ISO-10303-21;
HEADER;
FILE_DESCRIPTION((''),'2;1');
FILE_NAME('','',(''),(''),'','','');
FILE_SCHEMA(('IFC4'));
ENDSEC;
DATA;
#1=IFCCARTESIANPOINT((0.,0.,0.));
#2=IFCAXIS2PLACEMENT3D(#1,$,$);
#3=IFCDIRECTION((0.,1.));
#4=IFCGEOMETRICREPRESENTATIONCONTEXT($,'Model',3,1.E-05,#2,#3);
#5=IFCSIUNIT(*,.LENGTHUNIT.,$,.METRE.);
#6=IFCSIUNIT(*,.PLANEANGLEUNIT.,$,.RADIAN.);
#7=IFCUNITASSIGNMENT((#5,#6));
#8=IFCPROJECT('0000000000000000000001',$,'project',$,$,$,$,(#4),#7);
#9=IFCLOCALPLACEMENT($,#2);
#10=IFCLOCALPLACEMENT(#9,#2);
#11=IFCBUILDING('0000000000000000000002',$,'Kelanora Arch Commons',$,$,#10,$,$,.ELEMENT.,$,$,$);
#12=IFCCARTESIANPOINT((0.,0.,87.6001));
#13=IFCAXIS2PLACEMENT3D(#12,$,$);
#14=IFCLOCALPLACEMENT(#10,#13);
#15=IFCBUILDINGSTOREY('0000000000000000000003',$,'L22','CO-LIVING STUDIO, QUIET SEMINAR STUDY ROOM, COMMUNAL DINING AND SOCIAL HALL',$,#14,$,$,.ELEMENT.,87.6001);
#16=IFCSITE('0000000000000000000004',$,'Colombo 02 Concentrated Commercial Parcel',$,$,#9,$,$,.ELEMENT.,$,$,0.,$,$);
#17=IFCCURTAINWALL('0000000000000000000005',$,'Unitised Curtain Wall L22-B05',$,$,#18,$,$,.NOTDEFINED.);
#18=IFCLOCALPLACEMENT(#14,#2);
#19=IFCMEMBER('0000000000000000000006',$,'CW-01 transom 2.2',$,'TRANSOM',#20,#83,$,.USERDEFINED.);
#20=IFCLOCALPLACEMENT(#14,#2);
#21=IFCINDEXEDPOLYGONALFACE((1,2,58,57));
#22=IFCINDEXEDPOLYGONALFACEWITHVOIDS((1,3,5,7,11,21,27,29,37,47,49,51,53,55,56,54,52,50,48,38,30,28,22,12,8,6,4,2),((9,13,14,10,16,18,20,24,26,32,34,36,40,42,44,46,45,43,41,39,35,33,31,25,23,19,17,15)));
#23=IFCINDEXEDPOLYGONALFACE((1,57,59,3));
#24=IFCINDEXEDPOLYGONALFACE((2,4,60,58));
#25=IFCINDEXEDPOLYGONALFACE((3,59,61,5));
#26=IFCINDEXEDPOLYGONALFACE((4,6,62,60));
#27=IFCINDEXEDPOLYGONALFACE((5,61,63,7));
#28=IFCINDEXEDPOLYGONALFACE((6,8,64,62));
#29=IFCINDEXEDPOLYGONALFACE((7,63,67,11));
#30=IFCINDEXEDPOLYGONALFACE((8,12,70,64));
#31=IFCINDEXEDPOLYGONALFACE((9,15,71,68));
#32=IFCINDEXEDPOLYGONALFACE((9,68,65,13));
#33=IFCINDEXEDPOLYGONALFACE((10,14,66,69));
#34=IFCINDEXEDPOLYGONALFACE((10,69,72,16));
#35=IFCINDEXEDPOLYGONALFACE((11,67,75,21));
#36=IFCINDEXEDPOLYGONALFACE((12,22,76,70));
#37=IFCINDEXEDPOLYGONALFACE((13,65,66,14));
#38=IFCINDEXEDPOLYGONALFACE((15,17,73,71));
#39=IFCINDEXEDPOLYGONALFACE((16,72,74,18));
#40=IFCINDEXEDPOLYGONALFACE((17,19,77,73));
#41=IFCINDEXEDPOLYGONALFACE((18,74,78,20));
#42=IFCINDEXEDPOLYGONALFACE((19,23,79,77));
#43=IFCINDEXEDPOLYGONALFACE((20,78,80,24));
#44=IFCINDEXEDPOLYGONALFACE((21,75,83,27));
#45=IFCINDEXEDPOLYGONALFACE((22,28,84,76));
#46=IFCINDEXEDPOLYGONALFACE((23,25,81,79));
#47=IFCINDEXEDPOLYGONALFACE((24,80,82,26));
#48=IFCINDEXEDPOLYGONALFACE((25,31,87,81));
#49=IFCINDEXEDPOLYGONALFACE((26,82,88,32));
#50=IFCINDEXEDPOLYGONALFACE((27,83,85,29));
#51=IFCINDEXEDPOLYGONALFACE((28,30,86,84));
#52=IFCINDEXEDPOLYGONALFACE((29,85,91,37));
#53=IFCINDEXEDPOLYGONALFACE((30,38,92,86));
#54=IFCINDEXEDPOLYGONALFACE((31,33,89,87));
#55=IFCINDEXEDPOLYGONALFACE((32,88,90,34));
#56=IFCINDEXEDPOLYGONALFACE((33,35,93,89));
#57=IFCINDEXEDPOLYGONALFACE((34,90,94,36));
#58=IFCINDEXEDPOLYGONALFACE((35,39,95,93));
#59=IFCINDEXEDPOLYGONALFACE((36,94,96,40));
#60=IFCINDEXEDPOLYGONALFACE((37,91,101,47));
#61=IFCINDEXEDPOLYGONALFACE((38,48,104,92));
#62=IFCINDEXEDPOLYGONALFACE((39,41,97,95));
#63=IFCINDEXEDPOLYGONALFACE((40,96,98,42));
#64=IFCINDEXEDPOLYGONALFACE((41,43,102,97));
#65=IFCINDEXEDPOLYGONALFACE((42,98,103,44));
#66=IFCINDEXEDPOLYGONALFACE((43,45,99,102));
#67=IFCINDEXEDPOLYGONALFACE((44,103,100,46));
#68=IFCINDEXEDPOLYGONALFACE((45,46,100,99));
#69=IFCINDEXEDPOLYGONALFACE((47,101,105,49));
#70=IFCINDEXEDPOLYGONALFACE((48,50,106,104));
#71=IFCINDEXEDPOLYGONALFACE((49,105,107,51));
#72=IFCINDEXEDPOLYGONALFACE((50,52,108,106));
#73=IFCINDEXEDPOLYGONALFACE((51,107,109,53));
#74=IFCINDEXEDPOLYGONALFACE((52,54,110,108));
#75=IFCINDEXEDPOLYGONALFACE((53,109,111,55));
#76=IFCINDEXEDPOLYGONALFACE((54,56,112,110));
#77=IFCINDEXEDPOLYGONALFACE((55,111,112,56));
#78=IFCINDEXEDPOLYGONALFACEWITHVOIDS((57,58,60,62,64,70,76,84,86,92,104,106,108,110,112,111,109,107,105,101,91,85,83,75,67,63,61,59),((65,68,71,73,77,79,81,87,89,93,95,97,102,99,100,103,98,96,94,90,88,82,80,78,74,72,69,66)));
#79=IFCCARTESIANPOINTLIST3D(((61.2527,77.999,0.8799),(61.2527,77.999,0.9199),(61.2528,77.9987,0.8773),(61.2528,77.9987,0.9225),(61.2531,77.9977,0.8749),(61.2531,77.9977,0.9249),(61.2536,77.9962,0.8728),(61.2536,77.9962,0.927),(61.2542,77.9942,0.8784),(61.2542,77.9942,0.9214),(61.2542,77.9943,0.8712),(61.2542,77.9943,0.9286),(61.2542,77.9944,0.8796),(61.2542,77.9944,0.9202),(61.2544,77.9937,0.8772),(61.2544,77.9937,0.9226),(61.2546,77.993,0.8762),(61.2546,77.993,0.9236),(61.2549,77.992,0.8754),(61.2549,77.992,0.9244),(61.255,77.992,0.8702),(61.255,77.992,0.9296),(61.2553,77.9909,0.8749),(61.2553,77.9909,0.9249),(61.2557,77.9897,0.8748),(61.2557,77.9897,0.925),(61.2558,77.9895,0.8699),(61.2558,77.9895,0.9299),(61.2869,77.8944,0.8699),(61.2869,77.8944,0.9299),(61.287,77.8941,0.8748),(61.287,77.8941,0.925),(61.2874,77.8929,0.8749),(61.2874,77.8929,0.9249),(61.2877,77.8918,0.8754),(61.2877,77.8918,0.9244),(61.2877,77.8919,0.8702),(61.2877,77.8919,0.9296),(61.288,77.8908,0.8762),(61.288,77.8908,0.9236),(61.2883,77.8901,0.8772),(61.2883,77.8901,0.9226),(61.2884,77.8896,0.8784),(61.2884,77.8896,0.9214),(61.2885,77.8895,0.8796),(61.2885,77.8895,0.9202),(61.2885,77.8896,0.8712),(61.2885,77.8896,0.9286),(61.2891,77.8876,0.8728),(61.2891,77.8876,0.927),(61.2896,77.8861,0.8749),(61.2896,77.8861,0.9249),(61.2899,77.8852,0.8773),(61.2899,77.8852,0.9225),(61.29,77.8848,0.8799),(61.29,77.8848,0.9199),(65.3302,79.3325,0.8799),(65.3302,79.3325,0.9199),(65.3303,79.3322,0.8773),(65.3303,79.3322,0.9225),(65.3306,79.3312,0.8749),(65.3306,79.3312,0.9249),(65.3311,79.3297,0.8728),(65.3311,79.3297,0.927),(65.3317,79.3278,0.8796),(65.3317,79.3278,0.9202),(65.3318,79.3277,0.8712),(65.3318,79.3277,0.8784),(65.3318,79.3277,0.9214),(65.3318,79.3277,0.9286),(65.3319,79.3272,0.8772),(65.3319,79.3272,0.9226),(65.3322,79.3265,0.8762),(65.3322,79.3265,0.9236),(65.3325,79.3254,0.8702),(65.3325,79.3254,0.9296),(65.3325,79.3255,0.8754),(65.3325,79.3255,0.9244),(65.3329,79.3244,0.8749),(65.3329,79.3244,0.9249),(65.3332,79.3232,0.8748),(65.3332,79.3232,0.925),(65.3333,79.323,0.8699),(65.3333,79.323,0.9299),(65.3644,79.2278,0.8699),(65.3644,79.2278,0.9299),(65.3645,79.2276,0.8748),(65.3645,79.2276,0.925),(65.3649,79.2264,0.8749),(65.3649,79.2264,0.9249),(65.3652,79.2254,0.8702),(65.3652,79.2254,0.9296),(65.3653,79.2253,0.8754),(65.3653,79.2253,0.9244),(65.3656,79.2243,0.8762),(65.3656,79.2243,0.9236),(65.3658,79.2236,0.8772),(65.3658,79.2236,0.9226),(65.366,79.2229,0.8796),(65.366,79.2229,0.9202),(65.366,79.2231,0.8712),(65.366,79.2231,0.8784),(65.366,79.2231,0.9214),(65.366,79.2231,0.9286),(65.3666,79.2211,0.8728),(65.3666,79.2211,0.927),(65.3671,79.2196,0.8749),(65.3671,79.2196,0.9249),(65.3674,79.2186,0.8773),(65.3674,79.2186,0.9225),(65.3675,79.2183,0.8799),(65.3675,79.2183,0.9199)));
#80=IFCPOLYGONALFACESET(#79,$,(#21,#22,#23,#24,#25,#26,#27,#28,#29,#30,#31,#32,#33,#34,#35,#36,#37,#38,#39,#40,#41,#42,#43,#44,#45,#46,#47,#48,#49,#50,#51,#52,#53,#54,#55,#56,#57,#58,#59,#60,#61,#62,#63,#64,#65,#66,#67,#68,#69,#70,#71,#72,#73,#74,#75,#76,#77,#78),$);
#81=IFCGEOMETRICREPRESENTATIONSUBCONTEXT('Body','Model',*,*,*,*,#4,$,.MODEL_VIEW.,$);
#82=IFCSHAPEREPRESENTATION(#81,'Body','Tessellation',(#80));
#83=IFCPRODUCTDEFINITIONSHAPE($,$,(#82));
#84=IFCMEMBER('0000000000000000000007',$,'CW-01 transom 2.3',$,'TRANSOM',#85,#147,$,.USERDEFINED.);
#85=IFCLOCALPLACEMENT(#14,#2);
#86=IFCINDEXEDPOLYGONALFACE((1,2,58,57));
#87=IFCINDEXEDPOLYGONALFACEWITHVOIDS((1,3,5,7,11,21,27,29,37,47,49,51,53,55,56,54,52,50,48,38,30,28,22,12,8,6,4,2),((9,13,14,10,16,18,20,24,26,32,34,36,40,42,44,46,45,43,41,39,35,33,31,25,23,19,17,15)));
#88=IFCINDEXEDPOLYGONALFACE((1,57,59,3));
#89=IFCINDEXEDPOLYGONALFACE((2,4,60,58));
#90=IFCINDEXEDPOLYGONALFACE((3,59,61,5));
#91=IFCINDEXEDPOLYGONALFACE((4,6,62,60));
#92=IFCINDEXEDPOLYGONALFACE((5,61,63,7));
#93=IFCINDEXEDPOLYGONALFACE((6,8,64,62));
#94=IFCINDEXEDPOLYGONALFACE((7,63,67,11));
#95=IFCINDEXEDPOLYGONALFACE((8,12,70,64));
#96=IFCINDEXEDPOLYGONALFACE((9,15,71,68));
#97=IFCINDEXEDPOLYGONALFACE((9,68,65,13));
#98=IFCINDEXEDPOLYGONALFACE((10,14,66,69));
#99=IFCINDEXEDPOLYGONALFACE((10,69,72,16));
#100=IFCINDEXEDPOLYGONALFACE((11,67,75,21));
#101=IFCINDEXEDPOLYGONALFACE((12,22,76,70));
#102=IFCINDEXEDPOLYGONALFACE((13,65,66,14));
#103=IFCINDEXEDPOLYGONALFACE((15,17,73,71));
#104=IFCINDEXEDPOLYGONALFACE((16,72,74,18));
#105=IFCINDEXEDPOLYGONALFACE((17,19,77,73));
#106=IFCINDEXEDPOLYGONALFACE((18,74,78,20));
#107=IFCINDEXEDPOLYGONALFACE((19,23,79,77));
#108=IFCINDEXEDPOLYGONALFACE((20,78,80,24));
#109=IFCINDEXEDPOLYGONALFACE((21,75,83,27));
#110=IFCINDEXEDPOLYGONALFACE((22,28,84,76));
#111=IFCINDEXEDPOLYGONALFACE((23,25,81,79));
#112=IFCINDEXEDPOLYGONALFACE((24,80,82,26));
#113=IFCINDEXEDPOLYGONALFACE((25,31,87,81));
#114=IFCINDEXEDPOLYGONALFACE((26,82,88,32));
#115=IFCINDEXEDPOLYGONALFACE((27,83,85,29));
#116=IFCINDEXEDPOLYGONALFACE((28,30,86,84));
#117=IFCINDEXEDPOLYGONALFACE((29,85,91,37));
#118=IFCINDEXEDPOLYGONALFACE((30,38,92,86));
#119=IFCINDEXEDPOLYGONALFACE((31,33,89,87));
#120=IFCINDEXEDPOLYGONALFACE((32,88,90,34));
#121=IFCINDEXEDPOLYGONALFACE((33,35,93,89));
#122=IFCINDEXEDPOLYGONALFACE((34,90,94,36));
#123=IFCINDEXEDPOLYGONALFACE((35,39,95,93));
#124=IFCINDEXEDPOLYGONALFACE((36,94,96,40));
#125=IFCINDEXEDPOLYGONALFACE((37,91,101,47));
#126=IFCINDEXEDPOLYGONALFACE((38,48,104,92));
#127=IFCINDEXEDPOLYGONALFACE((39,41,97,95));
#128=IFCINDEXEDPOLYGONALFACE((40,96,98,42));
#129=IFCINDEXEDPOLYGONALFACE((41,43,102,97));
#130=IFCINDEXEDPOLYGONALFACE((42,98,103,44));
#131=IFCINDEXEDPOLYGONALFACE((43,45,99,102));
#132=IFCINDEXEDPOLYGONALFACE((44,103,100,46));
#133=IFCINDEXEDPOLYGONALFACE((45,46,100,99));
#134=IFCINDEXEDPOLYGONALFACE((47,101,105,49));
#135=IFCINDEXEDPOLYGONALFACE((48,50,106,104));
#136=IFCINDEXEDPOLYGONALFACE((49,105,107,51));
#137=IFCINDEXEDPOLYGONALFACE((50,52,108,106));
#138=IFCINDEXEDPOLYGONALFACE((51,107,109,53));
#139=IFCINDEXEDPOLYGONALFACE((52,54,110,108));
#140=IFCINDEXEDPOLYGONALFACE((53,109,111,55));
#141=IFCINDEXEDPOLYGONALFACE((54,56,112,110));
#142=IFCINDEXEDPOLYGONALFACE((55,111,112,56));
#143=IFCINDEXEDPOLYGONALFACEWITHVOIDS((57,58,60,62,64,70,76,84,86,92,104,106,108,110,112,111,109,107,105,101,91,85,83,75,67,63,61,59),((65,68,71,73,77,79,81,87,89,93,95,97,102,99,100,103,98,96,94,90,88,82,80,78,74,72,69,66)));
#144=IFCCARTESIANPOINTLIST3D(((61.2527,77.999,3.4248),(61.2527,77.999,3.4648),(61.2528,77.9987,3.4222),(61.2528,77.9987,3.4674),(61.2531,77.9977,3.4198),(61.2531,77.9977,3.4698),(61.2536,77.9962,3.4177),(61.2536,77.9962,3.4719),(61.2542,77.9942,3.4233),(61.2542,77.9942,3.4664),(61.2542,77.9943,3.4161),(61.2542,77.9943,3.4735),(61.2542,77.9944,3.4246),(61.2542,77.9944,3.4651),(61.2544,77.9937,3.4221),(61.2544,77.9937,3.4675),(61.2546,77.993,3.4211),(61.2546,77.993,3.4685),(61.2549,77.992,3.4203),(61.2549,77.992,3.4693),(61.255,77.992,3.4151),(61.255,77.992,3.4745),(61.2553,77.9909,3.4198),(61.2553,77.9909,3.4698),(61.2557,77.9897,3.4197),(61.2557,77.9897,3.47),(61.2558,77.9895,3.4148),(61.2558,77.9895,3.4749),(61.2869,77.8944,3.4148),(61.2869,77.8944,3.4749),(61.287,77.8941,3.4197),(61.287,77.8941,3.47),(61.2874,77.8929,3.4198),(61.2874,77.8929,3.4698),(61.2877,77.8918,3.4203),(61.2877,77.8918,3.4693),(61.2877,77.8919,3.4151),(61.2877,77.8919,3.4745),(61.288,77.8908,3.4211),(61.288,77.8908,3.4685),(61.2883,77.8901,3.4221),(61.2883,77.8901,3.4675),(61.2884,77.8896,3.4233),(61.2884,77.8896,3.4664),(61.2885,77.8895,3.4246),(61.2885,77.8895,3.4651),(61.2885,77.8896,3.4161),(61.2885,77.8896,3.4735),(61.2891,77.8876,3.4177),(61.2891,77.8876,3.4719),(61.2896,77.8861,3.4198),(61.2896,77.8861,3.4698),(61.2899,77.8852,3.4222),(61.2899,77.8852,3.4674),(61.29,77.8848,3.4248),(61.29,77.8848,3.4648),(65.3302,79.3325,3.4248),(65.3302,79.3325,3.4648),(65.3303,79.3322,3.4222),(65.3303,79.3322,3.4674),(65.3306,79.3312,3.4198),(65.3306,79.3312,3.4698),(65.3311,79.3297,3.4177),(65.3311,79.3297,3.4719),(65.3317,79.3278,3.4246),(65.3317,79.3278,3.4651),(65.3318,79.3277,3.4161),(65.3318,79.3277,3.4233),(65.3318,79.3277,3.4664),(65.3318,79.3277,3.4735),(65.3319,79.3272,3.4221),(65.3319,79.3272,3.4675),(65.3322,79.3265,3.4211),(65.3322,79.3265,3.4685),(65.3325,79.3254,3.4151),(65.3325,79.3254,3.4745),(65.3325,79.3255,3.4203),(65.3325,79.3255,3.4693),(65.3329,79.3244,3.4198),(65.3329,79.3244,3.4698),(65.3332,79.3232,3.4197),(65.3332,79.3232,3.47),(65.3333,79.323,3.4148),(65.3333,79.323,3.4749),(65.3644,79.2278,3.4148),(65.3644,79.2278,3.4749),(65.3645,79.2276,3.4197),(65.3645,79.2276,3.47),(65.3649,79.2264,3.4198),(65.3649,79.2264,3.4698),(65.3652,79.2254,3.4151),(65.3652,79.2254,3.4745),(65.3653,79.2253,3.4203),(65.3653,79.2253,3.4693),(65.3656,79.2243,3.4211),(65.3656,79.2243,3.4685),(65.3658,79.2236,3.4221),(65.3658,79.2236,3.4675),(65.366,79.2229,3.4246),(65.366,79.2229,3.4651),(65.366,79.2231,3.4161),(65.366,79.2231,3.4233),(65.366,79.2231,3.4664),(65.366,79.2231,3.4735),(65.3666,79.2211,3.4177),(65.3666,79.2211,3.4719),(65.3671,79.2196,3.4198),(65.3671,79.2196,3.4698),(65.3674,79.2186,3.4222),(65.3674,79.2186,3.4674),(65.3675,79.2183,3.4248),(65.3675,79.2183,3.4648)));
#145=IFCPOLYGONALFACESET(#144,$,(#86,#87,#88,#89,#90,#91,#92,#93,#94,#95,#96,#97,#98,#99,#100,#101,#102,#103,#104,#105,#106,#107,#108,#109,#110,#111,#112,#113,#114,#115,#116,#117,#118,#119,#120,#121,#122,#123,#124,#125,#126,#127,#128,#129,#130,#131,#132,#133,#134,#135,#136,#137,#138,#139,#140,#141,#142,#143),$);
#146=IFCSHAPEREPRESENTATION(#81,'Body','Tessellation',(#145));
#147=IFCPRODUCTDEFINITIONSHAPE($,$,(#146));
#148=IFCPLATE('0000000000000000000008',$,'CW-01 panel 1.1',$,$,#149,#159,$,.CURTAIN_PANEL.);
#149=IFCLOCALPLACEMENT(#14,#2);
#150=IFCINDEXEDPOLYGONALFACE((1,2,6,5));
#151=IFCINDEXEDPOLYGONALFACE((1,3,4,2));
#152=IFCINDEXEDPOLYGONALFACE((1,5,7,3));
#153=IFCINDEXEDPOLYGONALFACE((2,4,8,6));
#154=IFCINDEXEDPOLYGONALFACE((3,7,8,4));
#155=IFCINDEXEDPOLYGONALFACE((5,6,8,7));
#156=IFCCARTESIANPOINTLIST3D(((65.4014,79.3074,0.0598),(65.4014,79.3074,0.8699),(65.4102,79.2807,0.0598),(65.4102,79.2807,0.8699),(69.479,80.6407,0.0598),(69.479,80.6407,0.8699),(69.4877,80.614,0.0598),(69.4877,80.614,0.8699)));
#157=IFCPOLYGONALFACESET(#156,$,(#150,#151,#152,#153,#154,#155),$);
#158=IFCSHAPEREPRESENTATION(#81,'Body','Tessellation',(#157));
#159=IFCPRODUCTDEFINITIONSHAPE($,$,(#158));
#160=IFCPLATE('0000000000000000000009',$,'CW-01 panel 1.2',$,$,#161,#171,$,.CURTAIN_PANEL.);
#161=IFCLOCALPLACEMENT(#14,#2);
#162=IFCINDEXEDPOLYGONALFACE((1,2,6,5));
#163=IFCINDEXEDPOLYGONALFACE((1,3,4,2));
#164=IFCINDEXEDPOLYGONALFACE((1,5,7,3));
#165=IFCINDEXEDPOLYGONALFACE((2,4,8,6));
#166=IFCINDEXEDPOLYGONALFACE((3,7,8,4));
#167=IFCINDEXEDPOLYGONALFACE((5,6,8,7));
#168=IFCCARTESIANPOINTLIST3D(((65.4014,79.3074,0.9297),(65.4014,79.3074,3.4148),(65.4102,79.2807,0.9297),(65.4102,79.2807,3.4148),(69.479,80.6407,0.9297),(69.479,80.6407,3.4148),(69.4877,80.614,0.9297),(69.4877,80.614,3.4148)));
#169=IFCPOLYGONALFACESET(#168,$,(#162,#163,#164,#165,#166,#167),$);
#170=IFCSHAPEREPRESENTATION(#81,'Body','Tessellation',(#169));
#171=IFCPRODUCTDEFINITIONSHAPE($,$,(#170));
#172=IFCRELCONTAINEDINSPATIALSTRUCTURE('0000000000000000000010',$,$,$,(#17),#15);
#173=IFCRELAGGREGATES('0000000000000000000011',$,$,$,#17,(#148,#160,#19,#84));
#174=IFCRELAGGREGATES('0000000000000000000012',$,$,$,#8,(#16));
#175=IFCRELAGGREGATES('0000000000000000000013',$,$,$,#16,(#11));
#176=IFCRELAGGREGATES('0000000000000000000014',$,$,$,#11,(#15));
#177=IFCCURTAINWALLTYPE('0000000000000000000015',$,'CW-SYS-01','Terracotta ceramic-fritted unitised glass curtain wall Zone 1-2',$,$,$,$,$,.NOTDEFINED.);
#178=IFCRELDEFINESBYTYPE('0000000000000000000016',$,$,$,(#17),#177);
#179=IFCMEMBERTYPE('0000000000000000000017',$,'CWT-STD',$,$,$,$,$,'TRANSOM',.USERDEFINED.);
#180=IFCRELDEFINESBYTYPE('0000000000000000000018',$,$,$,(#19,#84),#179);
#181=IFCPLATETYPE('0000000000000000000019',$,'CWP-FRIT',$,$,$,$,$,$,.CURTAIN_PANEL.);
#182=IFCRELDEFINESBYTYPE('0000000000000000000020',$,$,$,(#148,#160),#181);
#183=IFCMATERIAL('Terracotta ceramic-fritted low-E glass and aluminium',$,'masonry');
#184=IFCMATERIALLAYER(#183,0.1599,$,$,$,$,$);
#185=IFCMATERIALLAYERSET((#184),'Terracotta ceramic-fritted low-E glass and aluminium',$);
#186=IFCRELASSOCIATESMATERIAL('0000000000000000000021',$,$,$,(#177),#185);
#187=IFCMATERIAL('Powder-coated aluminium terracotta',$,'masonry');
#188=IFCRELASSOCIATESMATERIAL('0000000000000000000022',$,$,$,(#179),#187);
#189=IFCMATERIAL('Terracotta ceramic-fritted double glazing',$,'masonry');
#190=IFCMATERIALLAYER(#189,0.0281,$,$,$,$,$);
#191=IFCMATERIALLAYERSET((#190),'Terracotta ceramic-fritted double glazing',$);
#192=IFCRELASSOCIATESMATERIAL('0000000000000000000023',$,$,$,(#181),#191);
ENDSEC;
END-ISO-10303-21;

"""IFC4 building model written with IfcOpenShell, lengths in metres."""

from ifc_helpers import new_model, si_unit, direction, frame, origin, origin_2d, place, context, subcontext, project, spatial, rectangle, hollow_rectangle, extrude, source, transform, mapped, material, layer, layer_set, material_profile, profile_set, type_object, element, aggregate, save


model = new_model("IFC4")

# Units and contexts
model_context = context("Model", 3, precision=1e-05, world=origin(), true_north=direction((0.0, 1.0)))
body_context = subcontext(model_context, "Body", "Model", "MODEL_VIEW")
ifc_project = project(units=[si_unit("LENGTHUNIT", "METRE"), si_unit("PLANEANGLEUNIT", "RADIAN")], contexts=[model_context])

# Site, building, storey
site_placement = place(None, origin())
site = spatial("IfcSite", under=ifc_project, at=site_placement, Name="Colombo 02 Concentrated Commercial Parcel", CompositionType="ELEMENT", RefElevation=0.0)
building_placement = place(site_placement, origin())
building = spatial("IfcBuilding", under=site, at=building_placement, Name="Kelanora Arch Commons", CompositionType="ELEMENT")
storey_placement = place(building_placement, frame((0.0, 0.0, 87.6001)))
storey = spatial("IfcBuildingStorey", under=building, at=storey_placement, Name="L22", Description="CO-LIVING STUDIO, QUIET SEMINAR STUDY ROOM, COMMUNAL DINING AND SOCIAL HALL", CompositionType="ELEMENT", Elevation=87.6001)

# Curtain wall, members, plates
ifc_material_1 = material(Name="Terracotta ceramic-fritted low-E glass and aluminium", Category="masonry")
ifc_layer_1 = layer(ifc_material_1, 0.1599)
ifc_layer_set_1 = layer_set([ifc_layer_1], Name="Terracotta ceramic-fritted low-E glass and aluminium")
curtain_wall_type = type_object("IfcCurtainWallType", Name="CW-SYS-01", Description="Terracotta ceramic-fritted unitised glass curtain wall Zone 1-2", PredefinedType="NOTDEFINED", material=ifc_layer_set_1)
curtain_wall_placement = place(storey_placement, origin())
curtain_wall = element("IfcCurtainWall", 1, at=curtain_wall_placement, inside=storey, type_object=curtain_wall_type, Name="Unitised Curtain Wall L22-B05", PredefinedType="NOTDEFINED")
ifc_material_2 = material(Name="Powder-coated aluminium terracotta", Category="masonry")
ifc_material_profile_1 = material_profile(ifc_material_2, hollow_rectangle(XDim=0.1201, YDim=0.0601, WallThickness=0.0049, InnerFilletRadius=0.0049, OuterFilletRadius=0.01, at=origin_2d()), Name="CWT120x60")
ifc_profile_set_1 = profile_set([ifc_material_profile_1], Name="Powder-coated aluminium terracotta")
member_type_1 = type_object("IfcMemberType", Name="CWT-STD", ElementType="TRANSOM", PredefinedType="USERDEFINED", material=ifc_profile_set_1)
member_1_placement = place(storey_placement, frame((65.3489, 79.2754, 0.8999), z_axis=(-0.950466, -0.310828, 0.0), x_axis=(0.310828, -0.950466, 0.0)))
member_1 = element("IfcMember", 2, at=member_1_placement, type_object=member_type_1, Name="CW-01 transom 2.2", ObjectType="TRANSOM", PredefinedType="USERDEFINED", context=body_context, shape_type="SweptSolid", body=[
    extrude(hollow_rectangle(XDim=0.1201, YDim=0.0601, WallThickness=0.0049, InnerFilletRadius=0.0049, OuterFilletRadius=0.01, at=origin_2d()), origin(), (0.0, 0.0, 1.0), 4.29),
])
member_2_placement = place(storey_placement, frame((65.3489, 79.2754, 3.4448), z_axis=(-0.950466, -0.310828, 0.0), x_axis=(0.310828, -0.950466, 0.0)))
member_2 = element("IfcMember", 3, at=member_2_placement, type_object=member_type_1, Name="CW-01 transom 2.3", ObjectType="TRANSOM", PredefinedType="USERDEFINED", context=body_context, shape_type="SweptSolid", body=[
    extrude(hollow_rectangle(XDim=0.1201, YDim=0.0601, WallThickness=0.0049, InnerFilletRadius=0.0049, OuterFilletRadius=0.01, at=origin_2d()), origin(), (0.0, 0.0, 1.0), 4.29),
])
ifc_material_3 = material(Name="Terracotta ceramic-fritted double glazing", Category="masonry")
ifc_layer_2 = layer(ifc_material_3, 0.0281)
ifc_layer_set_2 = layer_set([ifc_layer_2], Name="Terracotta ceramic-fritted double glazing")
plate_type = type_object("IfcPlateType", Name="CWP-FRIT", PredefinedType="CURTAIN_PANEL", material=ifc_layer_set_2)
shared_shape_1 = source(origin(), body_context, "Body", "SweptSolid", [
    extrude(rectangle(XDim=4.29, YDim=0.0281, at=origin_2d()), origin(), (0.0, 0.0, 1.0), 0.8101),
])
plate_1_placement = place(storey_placement, frame((67.4446, 79.9607, 0.0598), z_axis=(0.0, 0.0, 1.0), x_axis=(-0.950474, -0.310805, 0.0)))
plate_1 = element("IfcPlate", 4, at=plate_1_placement, type_object=plate_type, Name="CW-01 panel 1.1", PredefinedType="CURTAIN_PANEL", context=body_context, shape_type="MappedRepresentation", body=[
    mapped(shared_shape_1, transform((0.0, 0.0, 0.0), scale=1.0)),
])
shared_shape_2 = source(origin(), body_context, "Body", "SweptSolid", [
    extrude(rectangle(XDim=4.29, YDim=0.0281, at=origin_2d()), origin(), (0.0, 0.0, 1.0), 2.4851),
])
plate_2_placement = place(storey_placement, frame((67.4446, 79.9607, 0.9297), z_axis=(0.0, 0.0, 1.0), x_axis=(-0.950474, -0.310805, 0.0)))
plate_2 = element("IfcPlate", 5, at=plate_2_placement, type_object=plate_type, Name="CW-01 panel 1.2", PredefinedType="CURTAIN_PANEL", context=body_context, shape_type="MappedRepresentation", body=[
    mapped(shared_shape_2, transform((0.0, 0.0, 0.0), scale=1.0)),
])
aggregate(curtain_wall, [plate_1, plate_2, member_1, member_2])

save(model, "model.ifc")
